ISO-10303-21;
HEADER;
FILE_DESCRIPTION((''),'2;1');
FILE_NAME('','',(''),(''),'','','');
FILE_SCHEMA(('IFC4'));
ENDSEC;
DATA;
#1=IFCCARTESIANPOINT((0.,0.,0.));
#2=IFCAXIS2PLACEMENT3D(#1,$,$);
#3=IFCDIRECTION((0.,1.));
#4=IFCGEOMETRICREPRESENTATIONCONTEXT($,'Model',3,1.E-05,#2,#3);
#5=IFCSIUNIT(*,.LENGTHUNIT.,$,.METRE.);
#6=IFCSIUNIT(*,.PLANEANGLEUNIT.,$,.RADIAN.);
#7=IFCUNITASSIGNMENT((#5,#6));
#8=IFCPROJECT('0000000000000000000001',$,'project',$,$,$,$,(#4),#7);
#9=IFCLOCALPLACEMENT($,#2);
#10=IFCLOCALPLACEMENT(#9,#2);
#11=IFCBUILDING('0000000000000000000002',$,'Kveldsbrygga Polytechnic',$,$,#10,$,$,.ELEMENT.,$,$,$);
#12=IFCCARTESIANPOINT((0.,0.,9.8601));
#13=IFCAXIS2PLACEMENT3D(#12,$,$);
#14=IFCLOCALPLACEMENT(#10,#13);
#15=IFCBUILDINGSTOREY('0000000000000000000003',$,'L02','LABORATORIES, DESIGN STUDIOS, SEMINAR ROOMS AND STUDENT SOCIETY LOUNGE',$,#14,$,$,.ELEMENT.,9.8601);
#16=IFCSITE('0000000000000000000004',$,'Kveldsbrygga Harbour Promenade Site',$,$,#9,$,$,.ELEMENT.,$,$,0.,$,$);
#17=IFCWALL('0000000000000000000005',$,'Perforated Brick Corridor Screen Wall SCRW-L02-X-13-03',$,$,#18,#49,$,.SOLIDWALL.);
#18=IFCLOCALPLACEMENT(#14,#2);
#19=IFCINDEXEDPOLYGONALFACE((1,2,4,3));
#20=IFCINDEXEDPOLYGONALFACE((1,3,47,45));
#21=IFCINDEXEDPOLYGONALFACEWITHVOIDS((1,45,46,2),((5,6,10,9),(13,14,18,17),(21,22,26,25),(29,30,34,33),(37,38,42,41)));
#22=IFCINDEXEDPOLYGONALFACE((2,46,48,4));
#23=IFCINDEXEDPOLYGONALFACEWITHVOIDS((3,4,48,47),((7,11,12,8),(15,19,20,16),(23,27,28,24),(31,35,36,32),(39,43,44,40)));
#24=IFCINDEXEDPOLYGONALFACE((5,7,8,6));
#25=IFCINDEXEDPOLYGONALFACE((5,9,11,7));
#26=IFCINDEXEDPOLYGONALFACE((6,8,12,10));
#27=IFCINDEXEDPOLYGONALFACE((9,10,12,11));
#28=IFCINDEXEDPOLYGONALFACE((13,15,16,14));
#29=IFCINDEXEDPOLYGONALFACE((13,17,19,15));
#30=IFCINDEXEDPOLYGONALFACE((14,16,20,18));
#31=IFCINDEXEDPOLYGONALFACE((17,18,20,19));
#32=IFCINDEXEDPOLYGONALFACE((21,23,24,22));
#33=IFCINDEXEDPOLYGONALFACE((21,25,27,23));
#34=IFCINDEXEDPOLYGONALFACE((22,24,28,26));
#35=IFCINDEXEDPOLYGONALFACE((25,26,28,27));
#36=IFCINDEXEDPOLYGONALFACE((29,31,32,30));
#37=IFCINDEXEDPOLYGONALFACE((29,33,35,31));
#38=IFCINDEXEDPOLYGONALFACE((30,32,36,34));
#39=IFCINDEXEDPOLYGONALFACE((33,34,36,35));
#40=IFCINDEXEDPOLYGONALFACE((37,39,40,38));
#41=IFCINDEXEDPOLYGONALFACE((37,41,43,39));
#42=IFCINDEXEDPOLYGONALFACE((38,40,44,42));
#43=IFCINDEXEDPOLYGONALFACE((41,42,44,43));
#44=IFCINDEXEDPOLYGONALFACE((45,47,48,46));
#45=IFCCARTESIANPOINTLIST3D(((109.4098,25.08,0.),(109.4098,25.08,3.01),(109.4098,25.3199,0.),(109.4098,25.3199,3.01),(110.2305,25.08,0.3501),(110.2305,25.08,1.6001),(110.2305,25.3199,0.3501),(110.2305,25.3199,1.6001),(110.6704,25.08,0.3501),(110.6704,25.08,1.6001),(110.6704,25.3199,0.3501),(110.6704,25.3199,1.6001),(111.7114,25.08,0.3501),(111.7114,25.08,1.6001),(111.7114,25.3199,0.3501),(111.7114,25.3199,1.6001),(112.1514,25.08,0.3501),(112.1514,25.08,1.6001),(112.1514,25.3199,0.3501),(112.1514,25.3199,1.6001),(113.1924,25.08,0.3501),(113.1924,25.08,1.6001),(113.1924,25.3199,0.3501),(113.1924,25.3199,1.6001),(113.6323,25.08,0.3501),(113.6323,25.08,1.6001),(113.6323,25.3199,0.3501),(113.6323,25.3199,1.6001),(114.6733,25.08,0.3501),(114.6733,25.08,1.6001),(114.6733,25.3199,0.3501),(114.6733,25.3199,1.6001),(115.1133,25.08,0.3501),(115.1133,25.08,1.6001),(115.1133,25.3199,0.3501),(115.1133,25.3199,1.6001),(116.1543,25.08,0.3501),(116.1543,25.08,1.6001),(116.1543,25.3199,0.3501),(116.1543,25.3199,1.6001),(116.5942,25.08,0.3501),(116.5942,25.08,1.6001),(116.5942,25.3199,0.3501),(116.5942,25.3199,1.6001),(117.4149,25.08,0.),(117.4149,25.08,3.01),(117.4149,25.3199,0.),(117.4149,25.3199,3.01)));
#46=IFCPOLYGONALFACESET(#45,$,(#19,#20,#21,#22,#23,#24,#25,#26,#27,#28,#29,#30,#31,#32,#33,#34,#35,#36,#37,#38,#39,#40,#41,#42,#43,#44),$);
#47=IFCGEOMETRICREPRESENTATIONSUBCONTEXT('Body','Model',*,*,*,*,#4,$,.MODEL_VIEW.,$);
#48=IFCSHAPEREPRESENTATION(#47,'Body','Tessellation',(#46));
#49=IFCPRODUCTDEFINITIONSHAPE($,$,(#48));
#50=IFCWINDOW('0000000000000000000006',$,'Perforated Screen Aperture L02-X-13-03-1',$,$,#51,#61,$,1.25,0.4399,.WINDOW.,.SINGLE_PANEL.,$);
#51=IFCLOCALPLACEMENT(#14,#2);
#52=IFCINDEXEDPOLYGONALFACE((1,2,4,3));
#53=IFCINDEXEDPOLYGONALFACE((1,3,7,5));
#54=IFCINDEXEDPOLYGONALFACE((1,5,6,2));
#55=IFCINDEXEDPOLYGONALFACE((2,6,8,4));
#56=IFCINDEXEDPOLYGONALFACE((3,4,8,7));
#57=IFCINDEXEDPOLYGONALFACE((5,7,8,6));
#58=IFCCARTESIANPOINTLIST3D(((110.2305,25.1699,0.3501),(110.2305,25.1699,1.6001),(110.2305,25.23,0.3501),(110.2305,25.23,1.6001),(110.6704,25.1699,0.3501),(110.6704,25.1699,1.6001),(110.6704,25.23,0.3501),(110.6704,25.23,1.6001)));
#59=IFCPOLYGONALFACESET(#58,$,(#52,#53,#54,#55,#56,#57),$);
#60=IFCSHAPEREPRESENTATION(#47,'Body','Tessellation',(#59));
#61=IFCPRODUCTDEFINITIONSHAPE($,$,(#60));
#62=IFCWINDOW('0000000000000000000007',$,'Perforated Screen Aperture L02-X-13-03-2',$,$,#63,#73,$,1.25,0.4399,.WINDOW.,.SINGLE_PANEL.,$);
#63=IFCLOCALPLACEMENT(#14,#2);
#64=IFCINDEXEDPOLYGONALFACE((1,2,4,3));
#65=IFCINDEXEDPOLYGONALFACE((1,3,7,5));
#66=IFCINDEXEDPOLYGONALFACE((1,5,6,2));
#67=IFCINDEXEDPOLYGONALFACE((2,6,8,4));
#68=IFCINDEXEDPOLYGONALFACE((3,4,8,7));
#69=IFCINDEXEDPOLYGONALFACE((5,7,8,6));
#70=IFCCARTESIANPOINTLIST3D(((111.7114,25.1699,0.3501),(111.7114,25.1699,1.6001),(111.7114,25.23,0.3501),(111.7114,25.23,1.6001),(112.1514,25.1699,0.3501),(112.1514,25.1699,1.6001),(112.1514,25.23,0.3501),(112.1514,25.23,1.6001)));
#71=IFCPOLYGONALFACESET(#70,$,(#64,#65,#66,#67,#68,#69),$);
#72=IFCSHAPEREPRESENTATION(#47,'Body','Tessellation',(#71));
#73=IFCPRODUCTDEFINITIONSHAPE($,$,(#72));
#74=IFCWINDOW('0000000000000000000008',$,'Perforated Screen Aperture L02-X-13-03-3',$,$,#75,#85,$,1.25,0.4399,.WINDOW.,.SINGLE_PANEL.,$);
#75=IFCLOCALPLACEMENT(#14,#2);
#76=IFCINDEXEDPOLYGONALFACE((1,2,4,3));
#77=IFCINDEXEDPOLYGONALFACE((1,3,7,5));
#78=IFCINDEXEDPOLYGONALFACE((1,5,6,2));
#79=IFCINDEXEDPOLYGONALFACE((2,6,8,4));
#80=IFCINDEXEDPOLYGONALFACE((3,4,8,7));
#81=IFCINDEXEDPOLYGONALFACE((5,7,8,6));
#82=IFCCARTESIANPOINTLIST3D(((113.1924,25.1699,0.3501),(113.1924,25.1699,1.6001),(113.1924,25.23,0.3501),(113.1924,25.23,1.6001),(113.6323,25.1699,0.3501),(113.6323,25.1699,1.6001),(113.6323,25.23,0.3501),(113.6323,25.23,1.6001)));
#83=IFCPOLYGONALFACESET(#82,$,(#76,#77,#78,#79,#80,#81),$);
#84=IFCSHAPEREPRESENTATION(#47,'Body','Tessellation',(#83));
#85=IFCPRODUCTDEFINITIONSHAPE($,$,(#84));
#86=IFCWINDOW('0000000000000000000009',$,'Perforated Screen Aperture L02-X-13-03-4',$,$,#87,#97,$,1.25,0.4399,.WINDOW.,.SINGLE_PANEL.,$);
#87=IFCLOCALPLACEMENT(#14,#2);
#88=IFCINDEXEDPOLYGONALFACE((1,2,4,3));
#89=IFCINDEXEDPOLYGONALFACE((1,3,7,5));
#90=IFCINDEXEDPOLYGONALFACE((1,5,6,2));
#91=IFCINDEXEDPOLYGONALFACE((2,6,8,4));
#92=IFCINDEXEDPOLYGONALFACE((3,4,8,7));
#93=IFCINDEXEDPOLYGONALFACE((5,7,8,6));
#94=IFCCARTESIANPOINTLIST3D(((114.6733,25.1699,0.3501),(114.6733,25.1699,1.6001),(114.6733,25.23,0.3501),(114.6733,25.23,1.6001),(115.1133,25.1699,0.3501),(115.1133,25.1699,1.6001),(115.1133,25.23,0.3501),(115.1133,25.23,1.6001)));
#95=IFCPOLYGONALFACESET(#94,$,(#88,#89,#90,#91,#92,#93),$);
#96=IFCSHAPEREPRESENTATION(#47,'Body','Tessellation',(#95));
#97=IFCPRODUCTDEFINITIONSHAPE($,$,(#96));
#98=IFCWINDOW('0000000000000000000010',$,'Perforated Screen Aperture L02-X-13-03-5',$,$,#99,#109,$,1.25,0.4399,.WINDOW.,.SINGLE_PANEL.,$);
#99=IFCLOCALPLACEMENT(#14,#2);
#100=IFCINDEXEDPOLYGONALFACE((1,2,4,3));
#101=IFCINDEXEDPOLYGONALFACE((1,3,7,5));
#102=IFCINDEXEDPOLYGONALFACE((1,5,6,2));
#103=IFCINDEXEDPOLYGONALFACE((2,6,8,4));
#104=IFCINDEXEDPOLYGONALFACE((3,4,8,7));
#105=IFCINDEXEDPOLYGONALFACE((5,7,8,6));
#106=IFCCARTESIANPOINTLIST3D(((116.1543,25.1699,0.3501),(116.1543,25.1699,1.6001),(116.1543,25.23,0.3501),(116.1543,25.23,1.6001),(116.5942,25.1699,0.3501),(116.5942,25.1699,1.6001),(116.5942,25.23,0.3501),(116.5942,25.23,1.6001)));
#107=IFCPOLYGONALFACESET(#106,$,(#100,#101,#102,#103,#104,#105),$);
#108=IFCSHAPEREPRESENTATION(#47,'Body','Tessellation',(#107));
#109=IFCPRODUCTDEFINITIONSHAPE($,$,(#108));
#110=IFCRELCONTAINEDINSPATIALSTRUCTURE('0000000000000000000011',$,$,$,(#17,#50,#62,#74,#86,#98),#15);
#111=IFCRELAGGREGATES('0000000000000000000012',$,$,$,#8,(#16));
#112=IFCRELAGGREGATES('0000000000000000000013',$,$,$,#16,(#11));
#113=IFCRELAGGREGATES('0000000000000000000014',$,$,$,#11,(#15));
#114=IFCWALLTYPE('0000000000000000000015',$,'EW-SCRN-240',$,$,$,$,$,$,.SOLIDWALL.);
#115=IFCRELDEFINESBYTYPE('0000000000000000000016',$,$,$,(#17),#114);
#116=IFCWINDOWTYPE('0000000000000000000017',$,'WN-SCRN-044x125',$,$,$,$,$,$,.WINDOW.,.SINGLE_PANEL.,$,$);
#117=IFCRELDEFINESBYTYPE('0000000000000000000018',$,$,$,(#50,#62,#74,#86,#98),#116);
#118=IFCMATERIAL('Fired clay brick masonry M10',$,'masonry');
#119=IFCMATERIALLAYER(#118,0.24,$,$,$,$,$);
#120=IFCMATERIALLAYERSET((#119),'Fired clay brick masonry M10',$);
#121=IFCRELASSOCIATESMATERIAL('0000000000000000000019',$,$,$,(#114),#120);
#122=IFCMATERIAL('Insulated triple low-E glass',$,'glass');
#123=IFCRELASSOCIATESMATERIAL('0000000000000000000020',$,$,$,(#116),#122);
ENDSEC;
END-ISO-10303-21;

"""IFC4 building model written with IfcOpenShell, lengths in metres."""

from ifc_helpers import new_model, si_unit, direction, frame, frame_2d, origin, place, context, subcontext, project, spatial, rectangle, extrude, material, layer, layer_set, type_object, element, fill, save


model = new_model("IFC4")

# Units and contexts
model_context = context("Model", 3, precision=1e-05, world=origin(), true_north=direction((0.0, 1.0)))
body_context = subcontext(model_context, "Body", "Model", "MODEL_VIEW")
ifc_project = project(units=[si_unit("LENGTHUNIT", "METRE"), si_unit("PLANEANGLEUNIT", "RADIAN")], contexts=[model_context])

# Site, building, storey
site_placement = place(None, origin())
site = spatial("IfcSite", under=ifc_project, at=site_placement, Name="Kveldsbrygga Harbour Promenade Site", CompositionType="ELEMENT", RefElevation=0.0)
building_placement = place(site_placement, origin())
building = spatial("IfcBuilding", under=site, at=building_placement, Name="Kveldsbrygga Polytechnic", CompositionType="ELEMENT")
storey_placement = place(building_placement, frame((0.0, 0.0, 9.8601)))
storey = spatial("IfcBuildingStorey", under=building, at=storey_placement, Name="L02", Description="LABORATORIES, DESIGN STUDIOS, SEMINAR ROOMS AND STUDENT SOCIETY LOUNGE", CompositionType="ELEMENT", Elevation=9.8601)

# Wall, openings, windows
ifc_material_1 = material(Name="Fired clay brick masonry M10", Category="masonry")
ifc_layer_1 = layer(ifc_material_1, 0.24)
ifc_layer_set_1 = layer_set([ifc_layer_1], Name="Fired clay brick masonry M10")
wall_type = type_object("IfcWallType", Name="EW-SCRN-240", PredefinedType="SOLIDWALL", material=ifc_layer_set_1)
ifc_material_2 = material(Name="Insulated triple low-E glass", Category="glass")
window_type = type_object("IfcWindowType", Name="WN-SCRN-044x125", PartitioningType="SINGLE_PANEL", PredefinedType="WINDOW", material=ifc_material_2)
wall_1_placement = place(storey_placement, frame((109.4099, 25.2, 0.0), z_axis=(0.0, 0.0, 1.0), x_axis=(1.0, 0.0, 0.0)))
wall_1 = element("IfcWall", 1, at=wall_1_placement, inside=storey, type_object=wall_type, Name="Perforated Brick Corridor Screen Wall SCRW-L02-X-13-03", PredefinedType="SOLIDWALL", context=body_context, shape_type="SweptSolid", body=[
    extrude(rectangle(XDim=8.0051, YDim=0.24, at=frame_2d((4.0024, 0.0))), origin(), (0.0, 0.0, 1.0), 3.01),
])
opening_1_placement = place(wall_1_placement, frame((0.8206, 0.0, 0.3501)))
opening_1 = element("IfcOpeningElement", 2, at=opening_1_placement, cuts=wall_1, PredefinedType="OPENING", context=body_context, shape_type="SweptSolid", body=[
    extrude(rectangle(XDim=0.4399, YDim=1.25, at=frame_2d((0.22, 0.625))), frame((0.0, 0.1299, 0.0), z_axis=(0.0, -1.0, 0.0), x_axis=(1.0, 0.0, 0.0)), (0.0, 0.0, 1.0), 0.26),
])
opening_2_placement = place(wall_1_placement, frame((2.3015, 0.0, 0.3501)))
opening_2 = element("IfcOpeningElement", 3, at=opening_2_placement, cuts=wall_1, PredefinedType="OPENING", context=body_context, shape_type="SweptSolid", body=[
    extrude(rectangle(XDim=0.4399, YDim=1.25, at=frame_2d((0.22, 0.625))), frame((0.0, 0.1299, 0.0), z_axis=(0.0, -1.0, 0.0), x_axis=(1.0, 0.0, 0.0)), (0.0, 0.0, 1.0), 0.26),
])
opening_3_placement = place(wall_1_placement, frame((3.7825, 0.0, 0.3501)))
opening_3 = element("IfcOpeningElement", 4, at=opening_3_placement, cuts=wall_1, PredefinedType="OPENING", context=body_context, shape_type="SweptSolid", body=[
    extrude(rectangle(XDim=0.4399, YDim=1.25, at=frame_2d((0.22, 0.625))), frame((0.0, 0.1299, 0.0), z_axis=(0.0, -1.0, 0.0), x_axis=(1.0, 0.0, 0.0)), (0.0, 0.0, 1.0), 0.26),
])
opening_4_placement = place(wall_1_placement, frame((5.2634, 0.0, 0.3501)))
opening_4 = element("IfcOpeningElement", 5, at=opening_4_placement, cuts=wall_1, PredefinedType="OPENING", context=body_context, shape_type="SweptSolid", body=[
    extrude(rectangle(XDim=0.4399, YDim=1.25, at=frame_2d((0.22, 0.625))), frame((0.0, 0.1299, 0.0), z_axis=(0.0, -1.0, 0.0), x_axis=(1.0, 0.0, 0.0)), (0.0, 0.0, 1.0), 0.26),
])
opening_5_placement = place(wall_1_placement, frame((6.7444, 0.0, 0.3501)))
opening_5 = element("IfcOpeningElement", 6, at=opening_5_placement, cuts=wall_1, PredefinedType="OPENING", context=body_context, shape_type="SweptSolid", body=[
    extrude(rectangle(XDim=0.4399, YDim=1.25, at=frame_2d((0.22, 0.625))), frame((0.0, 0.1299, 0.0), z_axis=(0.0, -1.0, 0.0), x_axis=(1.0, 0.0, 0.0)), (0.0, 0.0, 1.0), 0.26),
])
window_1_placement = place(opening_1_placement, origin())
window_1 = element("IfcWindow", 7, at=window_1_placement, inside=storey, type_object=window_type, Name="Perforated Screen Aperture L02-X-13-03-1", OverallHeight=1.25, OverallWidth=0.4399, PartitioningType="SINGLE_PANEL", PredefinedType="WINDOW", context=body_context, shape_type="SweptSolid", body=[
    extrude(rectangle(XDim=0.4399, YDim=1.25, at=frame_2d((0.22, 0.625))), frame((0.0, 0.03, 0.0), z_axis=(0.0, -1.0, 0.0), x_axis=(1.0, 0.0, 0.0)), (0.0, 0.0, 1.0), 0.0601),
])
fill(opening_1, window_1)
window_2_placement = place(opening_2_placement, origin())
window_2 = element("IfcWindow", 8, at=window_2_placement, inside=storey, type_object=window_type, Name="Perforated Screen Aperture L02-X-13-03-2", OverallHeight=1.25, OverallWidth=0.4399, PartitioningType="SINGLE_PANEL", PredefinedType="WINDOW", context=body_context, shape_type="SweptSolid", body=[
    extrude(rectangle(XDim=0.4399, YDim=1.25, at=frame_2d((0.22, 0.625))), frame((0.0, 0.03, 0.0), z_axis=(0.0, -1.0, 0.0), x_axis=(1.0, 0.0, 0.0)), (0.0, 0.0, 1.0), 0.0601),
])
fill(opening_2, window_2)
window_3_placement = place(opening_3_placement, origin())
window_3 = element("IfcWindow", 9, at=window_3_placement, inside=storey, type_object=window_type, Name="Perforated Screen Aperture L02-X-13-03-3", OverallHeight=1.25, OverallWidth=0.4399, PartitioningType="SINGLE_PANEL", PredefinedType="WINDOW", context=body_context, shape_type="SweptSolid", body=[
    extrude(rectangle(XDim=0.4399, YDim=1.25, at=frame_2d((0.22, 0.625))), frame((0.0, 0.03, 0.0), z_axis=(0.0, -1.0, 0.0), x_axis=(1.0, 0.0, 0.0)), (0.0, 0.0, 1.0), 0.0601),
])
fill(opening_3, window_3)
window_4_placement = place(opening_4_placement, origin())
window_4 = element("IfcWindow", 10, at=window_4_placement, inside=storey, type_object=window_type, Name="Perforated Screen Aperture L02-X-13-03-4", OverallHeight=1.25, OverallWidth=0.4399, PartitioningType="SINGLE_PANEL", PredefinedType="WINDOW", context=body_context, shape_type="SweptSolid", body=[
    extrude(rectangle(XDim=0.4399, YDim=1.25, at=frame_2d((0.22, 0.625))), frame((0.0, 0.03, 0.0), z_axis=(0.0, -1.0, 0.0), x_axis=(1.0, 0.0, 0.0)), (0.0, 0.0, 1.0), 0.0601),
])
fill(opening_4, window_4)
window_5_placement = place(opening_5_placement, origin())
window_5 = element("IfcWindow", 11, at=window_5_placement, inside=storey, type_object=window_type, Name="Perforated Screen Aperture L02-X-13-03-5", OverallHeight=1.25, OverallWidth=0.4399, PartitioningType="SINGLE_PANEL", PredefinedType="WINDOW", context=body_context, shape_type="SweptSolid", body=[
    extrude(rectangle(XDim=0.4399, YDim=1.25, at=frame_2d((0.22, 0.625))), frame((0.0, 0.03, 0.0), z_axis=(0.0, -1.0, 0.0), x_axis=(1.0, 0.0, 0.0)), (0.0, 0.0, 1.0), 0.0601),
])
fill(opening_5, window_5)

save(model, "model.ifc")
